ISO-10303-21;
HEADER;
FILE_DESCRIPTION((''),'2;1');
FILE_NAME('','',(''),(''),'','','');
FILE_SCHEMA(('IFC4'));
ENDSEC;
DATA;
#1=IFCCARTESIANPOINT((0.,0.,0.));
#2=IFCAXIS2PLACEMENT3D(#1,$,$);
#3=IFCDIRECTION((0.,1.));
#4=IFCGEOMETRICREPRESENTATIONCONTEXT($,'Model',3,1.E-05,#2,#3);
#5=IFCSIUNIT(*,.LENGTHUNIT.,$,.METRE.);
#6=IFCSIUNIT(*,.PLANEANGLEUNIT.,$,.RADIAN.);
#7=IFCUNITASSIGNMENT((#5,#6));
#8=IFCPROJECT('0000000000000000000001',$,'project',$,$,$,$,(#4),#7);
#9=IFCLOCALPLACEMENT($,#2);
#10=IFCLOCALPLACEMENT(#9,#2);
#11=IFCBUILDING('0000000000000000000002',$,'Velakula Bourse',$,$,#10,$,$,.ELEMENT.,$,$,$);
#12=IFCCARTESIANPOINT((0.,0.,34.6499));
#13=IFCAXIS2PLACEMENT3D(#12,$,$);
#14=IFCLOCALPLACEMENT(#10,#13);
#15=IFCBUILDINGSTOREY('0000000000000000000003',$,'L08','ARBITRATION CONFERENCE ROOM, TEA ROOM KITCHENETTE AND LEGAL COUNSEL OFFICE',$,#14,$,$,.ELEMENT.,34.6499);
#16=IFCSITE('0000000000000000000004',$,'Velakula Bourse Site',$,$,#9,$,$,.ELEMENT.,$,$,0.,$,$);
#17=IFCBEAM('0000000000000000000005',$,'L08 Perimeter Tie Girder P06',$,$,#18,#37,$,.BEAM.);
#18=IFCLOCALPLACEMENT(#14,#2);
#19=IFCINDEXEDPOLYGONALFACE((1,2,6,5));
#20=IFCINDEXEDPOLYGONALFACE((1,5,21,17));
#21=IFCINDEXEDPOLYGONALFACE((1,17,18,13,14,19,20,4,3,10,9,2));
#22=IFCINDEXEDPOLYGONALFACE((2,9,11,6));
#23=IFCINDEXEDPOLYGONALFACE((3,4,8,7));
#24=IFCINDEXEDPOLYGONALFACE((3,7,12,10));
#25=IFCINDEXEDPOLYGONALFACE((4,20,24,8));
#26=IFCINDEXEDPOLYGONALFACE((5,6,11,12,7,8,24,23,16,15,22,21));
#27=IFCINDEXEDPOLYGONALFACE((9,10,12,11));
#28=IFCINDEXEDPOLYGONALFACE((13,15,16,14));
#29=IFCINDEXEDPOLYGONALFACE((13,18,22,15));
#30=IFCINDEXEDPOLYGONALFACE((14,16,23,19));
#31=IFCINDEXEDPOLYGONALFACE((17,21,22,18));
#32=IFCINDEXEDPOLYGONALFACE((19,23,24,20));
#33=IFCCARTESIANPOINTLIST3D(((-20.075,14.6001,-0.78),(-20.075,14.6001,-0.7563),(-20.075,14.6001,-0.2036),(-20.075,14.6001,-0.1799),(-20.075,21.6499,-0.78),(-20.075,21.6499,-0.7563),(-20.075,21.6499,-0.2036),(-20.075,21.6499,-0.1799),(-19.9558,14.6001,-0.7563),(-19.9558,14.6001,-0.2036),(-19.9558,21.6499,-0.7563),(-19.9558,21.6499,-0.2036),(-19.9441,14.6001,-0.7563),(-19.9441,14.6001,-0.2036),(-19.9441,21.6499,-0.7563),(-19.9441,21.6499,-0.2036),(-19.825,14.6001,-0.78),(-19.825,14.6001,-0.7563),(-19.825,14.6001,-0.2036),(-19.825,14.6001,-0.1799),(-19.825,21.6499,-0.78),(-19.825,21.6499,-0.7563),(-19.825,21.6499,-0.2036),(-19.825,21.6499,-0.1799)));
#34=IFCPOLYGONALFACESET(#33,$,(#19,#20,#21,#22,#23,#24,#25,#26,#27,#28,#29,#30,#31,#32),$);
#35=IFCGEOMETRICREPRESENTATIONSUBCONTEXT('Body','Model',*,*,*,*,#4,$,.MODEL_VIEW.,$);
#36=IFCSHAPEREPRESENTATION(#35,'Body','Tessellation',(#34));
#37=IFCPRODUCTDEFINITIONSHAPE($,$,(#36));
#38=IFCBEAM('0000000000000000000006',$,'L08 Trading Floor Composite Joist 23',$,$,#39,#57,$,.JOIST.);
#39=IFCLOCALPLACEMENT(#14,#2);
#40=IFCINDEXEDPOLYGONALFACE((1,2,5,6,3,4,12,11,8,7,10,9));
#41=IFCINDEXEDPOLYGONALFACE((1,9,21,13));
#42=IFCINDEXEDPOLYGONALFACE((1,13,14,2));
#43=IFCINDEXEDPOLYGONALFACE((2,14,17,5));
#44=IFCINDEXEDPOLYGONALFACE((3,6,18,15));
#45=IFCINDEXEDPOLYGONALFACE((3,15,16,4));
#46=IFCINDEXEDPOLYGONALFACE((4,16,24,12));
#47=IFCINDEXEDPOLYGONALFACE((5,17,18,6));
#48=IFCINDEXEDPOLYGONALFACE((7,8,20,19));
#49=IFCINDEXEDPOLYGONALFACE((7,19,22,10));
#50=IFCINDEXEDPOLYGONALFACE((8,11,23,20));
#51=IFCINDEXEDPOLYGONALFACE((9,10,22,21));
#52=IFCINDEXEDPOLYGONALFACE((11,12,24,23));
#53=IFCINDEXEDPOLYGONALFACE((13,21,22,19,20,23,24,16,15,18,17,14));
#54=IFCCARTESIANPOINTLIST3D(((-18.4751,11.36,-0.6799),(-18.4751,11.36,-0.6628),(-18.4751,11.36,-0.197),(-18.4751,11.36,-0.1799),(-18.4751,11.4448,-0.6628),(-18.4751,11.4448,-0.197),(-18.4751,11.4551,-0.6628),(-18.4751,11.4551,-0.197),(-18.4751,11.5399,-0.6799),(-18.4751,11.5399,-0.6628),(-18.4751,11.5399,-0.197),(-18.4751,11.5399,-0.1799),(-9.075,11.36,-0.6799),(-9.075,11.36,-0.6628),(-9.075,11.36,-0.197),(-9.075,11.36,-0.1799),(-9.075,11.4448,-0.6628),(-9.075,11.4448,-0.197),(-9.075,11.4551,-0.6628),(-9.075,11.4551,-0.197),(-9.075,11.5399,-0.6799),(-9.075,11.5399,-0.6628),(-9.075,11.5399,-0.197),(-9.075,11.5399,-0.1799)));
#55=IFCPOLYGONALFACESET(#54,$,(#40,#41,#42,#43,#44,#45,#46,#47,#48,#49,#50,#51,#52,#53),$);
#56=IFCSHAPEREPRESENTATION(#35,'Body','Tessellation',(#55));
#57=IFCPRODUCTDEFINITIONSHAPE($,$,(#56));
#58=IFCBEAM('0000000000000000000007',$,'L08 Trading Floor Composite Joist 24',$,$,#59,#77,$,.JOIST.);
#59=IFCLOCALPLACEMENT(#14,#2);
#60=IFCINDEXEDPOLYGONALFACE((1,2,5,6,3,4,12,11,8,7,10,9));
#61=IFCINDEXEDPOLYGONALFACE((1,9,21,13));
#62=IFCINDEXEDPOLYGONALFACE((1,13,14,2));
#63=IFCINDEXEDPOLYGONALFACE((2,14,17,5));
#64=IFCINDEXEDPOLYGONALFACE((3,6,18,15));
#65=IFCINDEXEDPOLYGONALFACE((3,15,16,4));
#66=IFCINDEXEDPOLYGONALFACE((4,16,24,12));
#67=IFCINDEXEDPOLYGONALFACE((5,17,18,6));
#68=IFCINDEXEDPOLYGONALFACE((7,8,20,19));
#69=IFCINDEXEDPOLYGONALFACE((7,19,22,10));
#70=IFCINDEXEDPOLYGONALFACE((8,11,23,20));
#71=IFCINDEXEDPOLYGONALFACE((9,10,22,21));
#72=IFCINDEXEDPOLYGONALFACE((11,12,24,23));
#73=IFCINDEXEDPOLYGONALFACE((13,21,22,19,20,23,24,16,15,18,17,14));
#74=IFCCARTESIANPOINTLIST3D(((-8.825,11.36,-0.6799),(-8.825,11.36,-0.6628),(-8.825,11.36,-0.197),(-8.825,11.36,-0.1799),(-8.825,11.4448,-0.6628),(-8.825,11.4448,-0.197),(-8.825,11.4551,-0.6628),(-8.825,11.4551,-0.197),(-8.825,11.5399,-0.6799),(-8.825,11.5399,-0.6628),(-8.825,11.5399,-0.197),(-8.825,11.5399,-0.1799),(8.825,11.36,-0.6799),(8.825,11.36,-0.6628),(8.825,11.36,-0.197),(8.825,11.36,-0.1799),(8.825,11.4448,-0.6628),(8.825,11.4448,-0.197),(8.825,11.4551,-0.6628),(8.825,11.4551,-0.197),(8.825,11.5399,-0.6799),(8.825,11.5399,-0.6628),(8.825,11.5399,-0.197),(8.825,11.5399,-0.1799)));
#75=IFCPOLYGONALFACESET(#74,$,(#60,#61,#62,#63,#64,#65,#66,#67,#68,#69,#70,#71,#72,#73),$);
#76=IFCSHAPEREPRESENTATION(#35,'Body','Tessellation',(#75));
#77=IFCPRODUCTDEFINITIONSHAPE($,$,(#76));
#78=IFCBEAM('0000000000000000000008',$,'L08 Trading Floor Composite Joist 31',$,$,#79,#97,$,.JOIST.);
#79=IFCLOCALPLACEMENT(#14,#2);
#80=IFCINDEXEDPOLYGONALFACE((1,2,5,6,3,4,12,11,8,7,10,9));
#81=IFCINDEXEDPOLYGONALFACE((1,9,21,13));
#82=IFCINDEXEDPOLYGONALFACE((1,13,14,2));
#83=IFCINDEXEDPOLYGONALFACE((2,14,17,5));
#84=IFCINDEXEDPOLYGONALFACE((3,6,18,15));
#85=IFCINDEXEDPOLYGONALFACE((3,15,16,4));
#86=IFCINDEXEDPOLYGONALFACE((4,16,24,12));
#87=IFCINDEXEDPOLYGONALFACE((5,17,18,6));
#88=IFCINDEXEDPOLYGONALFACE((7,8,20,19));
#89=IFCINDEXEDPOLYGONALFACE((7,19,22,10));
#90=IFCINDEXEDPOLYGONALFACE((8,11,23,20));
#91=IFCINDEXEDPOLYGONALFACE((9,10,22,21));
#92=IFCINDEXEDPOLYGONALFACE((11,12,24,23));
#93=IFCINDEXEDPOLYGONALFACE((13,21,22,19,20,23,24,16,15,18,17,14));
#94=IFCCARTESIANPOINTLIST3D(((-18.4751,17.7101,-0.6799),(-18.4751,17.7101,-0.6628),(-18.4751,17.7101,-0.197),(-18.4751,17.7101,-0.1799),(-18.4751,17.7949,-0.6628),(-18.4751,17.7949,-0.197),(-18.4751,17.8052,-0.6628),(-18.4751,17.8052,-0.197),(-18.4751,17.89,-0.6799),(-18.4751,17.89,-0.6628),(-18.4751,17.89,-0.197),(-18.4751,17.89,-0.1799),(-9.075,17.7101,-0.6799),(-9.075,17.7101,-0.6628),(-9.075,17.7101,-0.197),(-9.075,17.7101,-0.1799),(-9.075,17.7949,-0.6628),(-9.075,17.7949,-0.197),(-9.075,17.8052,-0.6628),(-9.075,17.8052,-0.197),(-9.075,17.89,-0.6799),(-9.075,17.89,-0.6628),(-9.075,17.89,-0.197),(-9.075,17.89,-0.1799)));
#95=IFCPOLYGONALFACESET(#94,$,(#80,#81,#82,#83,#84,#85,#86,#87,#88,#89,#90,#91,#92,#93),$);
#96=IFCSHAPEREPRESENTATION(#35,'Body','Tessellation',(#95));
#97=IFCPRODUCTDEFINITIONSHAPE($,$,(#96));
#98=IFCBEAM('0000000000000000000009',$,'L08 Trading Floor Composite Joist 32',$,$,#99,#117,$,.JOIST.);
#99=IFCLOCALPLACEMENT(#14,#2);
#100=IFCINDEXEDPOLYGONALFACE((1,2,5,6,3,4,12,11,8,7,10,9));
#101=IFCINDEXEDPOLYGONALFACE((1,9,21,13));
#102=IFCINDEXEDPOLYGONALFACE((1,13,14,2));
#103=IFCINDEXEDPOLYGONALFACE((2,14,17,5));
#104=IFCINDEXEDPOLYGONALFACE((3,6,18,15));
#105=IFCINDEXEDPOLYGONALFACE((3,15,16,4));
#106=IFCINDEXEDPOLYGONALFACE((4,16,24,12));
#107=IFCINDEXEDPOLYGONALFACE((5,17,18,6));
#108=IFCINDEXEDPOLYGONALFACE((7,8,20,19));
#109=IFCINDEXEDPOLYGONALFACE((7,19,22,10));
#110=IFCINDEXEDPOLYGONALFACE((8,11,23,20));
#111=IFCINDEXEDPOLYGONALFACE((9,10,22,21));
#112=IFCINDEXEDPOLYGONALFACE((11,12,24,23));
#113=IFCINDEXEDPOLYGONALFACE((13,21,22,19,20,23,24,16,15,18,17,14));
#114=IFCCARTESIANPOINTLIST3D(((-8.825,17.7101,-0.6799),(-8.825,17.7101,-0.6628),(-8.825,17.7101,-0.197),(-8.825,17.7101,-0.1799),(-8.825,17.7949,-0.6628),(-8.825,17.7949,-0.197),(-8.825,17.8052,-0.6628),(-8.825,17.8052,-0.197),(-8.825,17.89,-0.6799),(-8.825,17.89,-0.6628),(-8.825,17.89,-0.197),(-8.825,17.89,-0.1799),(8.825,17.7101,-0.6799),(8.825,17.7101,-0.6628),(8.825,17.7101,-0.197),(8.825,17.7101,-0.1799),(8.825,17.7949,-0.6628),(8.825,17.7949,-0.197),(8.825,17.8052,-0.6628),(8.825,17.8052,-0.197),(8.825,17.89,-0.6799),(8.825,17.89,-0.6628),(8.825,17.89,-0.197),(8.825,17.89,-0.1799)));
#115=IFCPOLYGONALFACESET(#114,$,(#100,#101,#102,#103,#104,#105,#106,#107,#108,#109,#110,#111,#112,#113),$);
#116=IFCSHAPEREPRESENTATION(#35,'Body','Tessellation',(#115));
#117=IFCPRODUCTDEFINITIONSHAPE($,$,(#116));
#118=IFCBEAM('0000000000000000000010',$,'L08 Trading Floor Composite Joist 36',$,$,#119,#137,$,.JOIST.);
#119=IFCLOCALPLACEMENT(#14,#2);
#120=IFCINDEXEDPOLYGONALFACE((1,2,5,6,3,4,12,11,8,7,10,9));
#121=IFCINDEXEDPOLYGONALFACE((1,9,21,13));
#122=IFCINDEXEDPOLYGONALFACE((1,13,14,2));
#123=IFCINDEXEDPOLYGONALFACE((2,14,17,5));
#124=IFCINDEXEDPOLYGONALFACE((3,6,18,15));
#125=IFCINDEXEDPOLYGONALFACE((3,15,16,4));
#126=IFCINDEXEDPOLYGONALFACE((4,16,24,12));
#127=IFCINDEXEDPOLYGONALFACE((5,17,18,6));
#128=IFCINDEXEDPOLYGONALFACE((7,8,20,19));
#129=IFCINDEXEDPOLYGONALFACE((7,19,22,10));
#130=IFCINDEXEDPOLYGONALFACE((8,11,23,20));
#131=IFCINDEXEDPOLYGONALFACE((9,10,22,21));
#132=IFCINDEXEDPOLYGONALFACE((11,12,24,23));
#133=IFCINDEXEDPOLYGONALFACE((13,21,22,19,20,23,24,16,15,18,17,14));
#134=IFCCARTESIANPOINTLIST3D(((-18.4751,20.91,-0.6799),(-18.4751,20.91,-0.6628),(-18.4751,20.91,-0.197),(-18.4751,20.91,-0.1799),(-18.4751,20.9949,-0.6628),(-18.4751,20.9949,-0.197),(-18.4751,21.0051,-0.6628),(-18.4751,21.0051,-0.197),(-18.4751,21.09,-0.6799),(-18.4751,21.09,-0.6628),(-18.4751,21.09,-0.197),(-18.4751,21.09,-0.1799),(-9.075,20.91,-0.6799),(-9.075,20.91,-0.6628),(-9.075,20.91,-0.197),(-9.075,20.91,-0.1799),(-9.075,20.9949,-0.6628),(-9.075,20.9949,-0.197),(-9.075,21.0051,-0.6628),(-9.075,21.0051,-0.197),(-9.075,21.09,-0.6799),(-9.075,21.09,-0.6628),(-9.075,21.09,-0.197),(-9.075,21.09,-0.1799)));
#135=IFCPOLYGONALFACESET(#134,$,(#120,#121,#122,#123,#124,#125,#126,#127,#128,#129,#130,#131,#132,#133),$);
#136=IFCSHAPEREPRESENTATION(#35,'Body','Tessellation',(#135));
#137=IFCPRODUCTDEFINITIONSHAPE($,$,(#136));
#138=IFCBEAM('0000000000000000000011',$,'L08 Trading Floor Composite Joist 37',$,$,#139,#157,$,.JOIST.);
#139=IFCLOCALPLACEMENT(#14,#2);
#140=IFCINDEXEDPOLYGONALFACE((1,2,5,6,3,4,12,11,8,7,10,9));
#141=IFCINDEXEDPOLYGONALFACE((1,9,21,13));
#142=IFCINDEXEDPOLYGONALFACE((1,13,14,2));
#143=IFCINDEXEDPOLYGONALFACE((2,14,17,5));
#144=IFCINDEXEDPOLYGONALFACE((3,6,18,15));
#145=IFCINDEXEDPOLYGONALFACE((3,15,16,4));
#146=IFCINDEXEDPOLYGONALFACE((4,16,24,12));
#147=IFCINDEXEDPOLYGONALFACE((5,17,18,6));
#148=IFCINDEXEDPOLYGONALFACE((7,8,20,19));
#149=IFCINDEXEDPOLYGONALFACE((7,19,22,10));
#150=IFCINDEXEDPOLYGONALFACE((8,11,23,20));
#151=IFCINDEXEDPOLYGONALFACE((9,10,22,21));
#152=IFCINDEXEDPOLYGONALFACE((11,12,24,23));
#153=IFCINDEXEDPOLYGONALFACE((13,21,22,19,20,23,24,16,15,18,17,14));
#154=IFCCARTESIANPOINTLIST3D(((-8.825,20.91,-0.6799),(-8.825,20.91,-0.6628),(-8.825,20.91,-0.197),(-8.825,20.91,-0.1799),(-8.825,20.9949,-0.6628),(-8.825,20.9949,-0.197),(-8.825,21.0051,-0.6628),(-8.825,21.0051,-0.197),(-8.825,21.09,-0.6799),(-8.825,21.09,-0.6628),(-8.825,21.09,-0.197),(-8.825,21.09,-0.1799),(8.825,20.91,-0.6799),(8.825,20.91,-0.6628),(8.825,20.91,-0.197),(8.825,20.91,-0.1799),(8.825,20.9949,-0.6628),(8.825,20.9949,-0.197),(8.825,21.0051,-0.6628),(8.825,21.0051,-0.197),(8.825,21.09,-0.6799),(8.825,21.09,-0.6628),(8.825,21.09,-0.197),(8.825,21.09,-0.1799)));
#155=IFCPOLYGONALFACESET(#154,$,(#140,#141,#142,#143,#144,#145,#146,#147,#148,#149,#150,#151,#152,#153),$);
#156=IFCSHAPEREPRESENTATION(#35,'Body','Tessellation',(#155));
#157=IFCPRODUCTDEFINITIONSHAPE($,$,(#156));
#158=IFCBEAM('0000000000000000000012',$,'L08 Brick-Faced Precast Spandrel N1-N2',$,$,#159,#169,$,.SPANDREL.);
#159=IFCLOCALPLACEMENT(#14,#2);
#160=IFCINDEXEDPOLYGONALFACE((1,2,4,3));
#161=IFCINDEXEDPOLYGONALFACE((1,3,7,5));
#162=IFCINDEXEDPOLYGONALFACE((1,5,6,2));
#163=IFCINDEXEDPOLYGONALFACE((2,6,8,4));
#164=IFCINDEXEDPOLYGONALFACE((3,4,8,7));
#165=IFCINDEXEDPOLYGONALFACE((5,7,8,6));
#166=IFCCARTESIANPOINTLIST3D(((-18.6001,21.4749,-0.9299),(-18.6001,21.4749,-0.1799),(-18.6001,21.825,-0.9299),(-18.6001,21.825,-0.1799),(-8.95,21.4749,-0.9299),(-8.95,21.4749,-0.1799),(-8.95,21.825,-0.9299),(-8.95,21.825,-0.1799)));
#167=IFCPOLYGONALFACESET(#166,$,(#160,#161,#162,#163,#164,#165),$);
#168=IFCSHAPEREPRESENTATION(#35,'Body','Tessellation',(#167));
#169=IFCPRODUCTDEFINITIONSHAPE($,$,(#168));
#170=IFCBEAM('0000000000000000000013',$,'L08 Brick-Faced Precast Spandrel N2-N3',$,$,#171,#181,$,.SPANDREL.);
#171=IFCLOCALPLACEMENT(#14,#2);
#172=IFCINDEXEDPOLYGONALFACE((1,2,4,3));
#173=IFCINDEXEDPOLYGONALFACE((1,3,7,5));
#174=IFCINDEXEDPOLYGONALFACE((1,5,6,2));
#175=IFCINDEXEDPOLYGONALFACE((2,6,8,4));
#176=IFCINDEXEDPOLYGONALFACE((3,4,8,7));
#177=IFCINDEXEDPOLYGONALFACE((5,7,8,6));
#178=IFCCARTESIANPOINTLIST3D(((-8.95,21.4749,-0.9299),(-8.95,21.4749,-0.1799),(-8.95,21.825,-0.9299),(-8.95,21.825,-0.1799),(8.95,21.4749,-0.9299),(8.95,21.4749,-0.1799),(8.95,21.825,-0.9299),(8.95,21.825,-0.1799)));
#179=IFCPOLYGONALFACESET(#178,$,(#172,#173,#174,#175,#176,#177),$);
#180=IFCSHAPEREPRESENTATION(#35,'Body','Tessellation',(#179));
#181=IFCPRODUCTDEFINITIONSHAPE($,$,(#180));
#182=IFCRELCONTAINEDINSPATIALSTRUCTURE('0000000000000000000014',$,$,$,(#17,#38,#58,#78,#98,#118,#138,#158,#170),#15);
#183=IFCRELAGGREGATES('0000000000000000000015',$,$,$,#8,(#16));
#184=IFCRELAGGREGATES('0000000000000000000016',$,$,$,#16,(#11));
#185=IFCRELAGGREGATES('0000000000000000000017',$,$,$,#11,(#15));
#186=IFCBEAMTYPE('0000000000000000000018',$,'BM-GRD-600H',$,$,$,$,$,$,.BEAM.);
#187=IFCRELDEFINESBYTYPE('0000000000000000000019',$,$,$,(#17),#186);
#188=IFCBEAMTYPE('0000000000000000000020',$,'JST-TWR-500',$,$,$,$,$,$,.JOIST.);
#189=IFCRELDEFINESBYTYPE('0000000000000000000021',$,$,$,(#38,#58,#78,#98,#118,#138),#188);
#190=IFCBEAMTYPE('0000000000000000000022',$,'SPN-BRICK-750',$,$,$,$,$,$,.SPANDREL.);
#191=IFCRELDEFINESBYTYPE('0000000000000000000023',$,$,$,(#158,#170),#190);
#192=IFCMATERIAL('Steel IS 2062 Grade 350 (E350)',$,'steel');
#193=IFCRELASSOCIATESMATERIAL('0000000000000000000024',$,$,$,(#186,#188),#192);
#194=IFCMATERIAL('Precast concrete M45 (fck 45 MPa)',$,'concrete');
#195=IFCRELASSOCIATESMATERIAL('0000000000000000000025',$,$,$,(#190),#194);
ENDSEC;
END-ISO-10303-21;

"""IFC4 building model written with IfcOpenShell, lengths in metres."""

from ifc_helpers import new_model, si_unit, direction, frame, origin, origin_2d, place, context, subcontext, project, spatial, rectangle, i_section, extrude, material, material_profile, profile_set, type_object, element, save


model = new_model("IFC4")

# Units and contexts
model_context = context("Model", 3, precision=1e-05, world=origin(), true_north=direction((0.0, 1.0)))
body_context = subcontext(model_context, "Body", "Model", "MODEL_VIEW")
ifc_project = project(units=[si_unit("LENGTHUNIT", "METRE"), si_unit("PLANEANGLEUNIT", "RADIAN")], contexts=[model_context])

# Site, building, storey
site_placement = place(None, origin())
site = spatial("IfcSite", under=ifc_project, at=site_placement, Name="Velakula Bourse Site", CompositionType="ELEMENT", RefElevation=0.0)
building_placement = place(site_placement, origin())
building = spatial("IfcBuilding", under=site, at=building_placement, Name="Velakula Bourse", CompositionType="ELEMENT")
storey_placement = place(building_placement, frame((0.0, 0.0, 34.6499)))
storey = spatial("IfcBuildingStorey", under=building, at=storey_placement, Name="L08", Description="ARBITRATION CONFERENCE ROOM, TEA ROOM KITCHENETTE AND LEGAL COUNSEL OFFICE", CompositionType="ELEMENT", Elevation=34.6499)

# Shared definitions
ifc_material_1 = material(Name="Precast concrete M45 (fck 45 MPa)", Category="concrete")

# Beams
ifc_material_2 = material(Name="Steel IS 2062 Grade 350 (E350)", Category="steel")
ifc_material_profile_1 = material_profile(ifc_material_2, i_section(OverallWidth=0.25, OverallDepth=0.6001, WebThickness=0.0117, FlangeThickness=0.0237, at=origin_2d()), Name="Steel IS 2062 Grade 350 (E350)")
ifc_profile_set_1 = profile_set([ifc_material_profile_1], Name="Steel IS 2062 Grade 350 (E350)")
beam_type_1 = type_object("IfcBeamType", Name="BM-GRD-600H", PredefinedType="BEAM", material=ifc_profile_set_1)
for number, where, z_axis, x_axis, name in (
    (1, (-19.95, 14.6001, -0.48), (0.0, 1.0, 0.0), (-1.0, 0.0, 0.0), "L08 Perimeter Tie Girder P06"),
):
    element("IfcBeam", number, at=place(storey_placement, frame(where, z_axis=z_axis, x_axis=x_axis)), inside=storey, type_object=beam_type_1, Name=name, PredefinedType="BEAM", context=body_context, shape_type="SweptSolid", body=[
        extrude(i_section(OverallWidth=0.25, OverallDepth=0.6001, WebThickness=0.0117, FlangeThickness=0.0237, at=origin_2d()), origin(), (0.0, 0.0, 1.0), 7.0498),
    ])
ifc_material_profile_2 = material_profile(ifc_material_2, i_section(OverallWidth=0.1799, OverallDepth=0.5, WebThickness=0.0103, FlangeThickness=0.0171, at=origin_2d()), Name="Steel IS 2062 Grade 350 (E350)")
ifc_profile_set_2 = profile_set([ifc_material_profile_2], Name="Steel IS 2062 Grade 350 (E350)")
beam_type_2 = type_object("IfcBeamType", Name="JST-TWR-500", PredefinedType="JOIST", material=ifc_profile_set_2)
beam_1_placement = place(storey_placement, frame((-18.4751, 11.45, -0.4299), z_axis=(1.0, 0.0, 0.0), x_axis=(0.0, 1.0, 0.0)))
element("IfcBeam", 2, at=beam_1_placement, inside=storey, type_object=beam_type_2, Name="L08 Trading Floor Composite Joist 23", PredefinedType="JOIST", context=body_context, shape_type="SweptSolid", body=[
    extrude(i_section(OverallWidth=0.1799, OverallDepth=0.5, WebThickness=0.0103, FlangeThickness=0.0171, at=origin_2d()), origin(), (0.0, 0.0, 1.0), 9.4001),
])
beam_2_placement = place(storey_placement, frame((-8.825, 11.45, -0.4299), z_axis=(1.0, 0.0, 0.0), x_axis=(0.0, 1.0, 0.0)))
element("IfcBeam", 3, at=beam_2_placement, inside=storey, type_object=beam_type_2, Name="L08 Trading Floor Composite Joist 24", PredefinedType="JOIST", context=body_context, shape_type="SweptSolid", body=[
    extrude(i_section(OverallWidth=0.1799, OverallDepth=0.5, WebThickness=0.0103, FlangeThickness=0.0171, at=origin_2d()), origin(), (0.0, 0.0, 1.0), 17.6499),
])
beam_3_placement = place(storey_placement, frame((-18.4751, 17.8, -0.4299), z_axis=(1.0, 0.0, 0.0), x_axis=(0.0, 1.0, 0.0)))
element("IfcBeam", 4, at=beam_3_placement, inside=storey, type_object=beam_type_2, Name="L08 Trading Floor Composite Joist 31", PredefinedType="JOIST", context=body_context, shape_type="SweptSolid", body=[
    extrude(i_section(OverallWidth=0.1799, OverallDepth=0.5, WebThickness=0.0103, FlangeThickness=0.0171, at=origin_2d()), origin(), (0.0, 0.0, 1.0), 9.4001),
])
beam_4_placement = place(storey_placement, frame((-8.825, 17.8, -0.4299), z_axis=(1.0, 0.0, 0.0), x_axis=(0.0, 1.0, 0.0)))
element("IfcBeam", 5, at=beam_4_placement, inside=storey, type_object=beam_type_2, Name="L08 Trading Floor Composite Joist 32", PredefinedType="JOIST", context=body_context, shape_type="SweptSolid", body=[
    extrude(i_section(OverallWidth=0.1799, OverallDepth=0.5, WebThickness=0.0103, FlangeThickness=0.0171, at=origin_2d()), origin(), (0.0, 0.0, 1.0), 17.6499),
])
beam_5_placement = place(storey_placement, frame((-18.4751, 21.0, -0.4299), z_axis=(1.0, 0.0, 0.0), x_axis=(0.0, 1.0, 0.0)))
element("IfcBeam", 6, at=beam_5_placement, inside=storey, type_object=beam_type_2, Name="L08 Trading Floor Composite Joist 36", PredefinedType="JOIST", context=body_context, shape_type="SweptSolid", body=[
    extrude(i_section(OverallWidth=0.1799, OverallDepth=0.5, WebThickness=0.0103, FlangeThickness=0.0171, at=origin_2d()), origin(), (0.0, 0.0, 1.0), 9.4001),
])
beam_6_placement = place(storey_placement, frame((-8.825, 21.0, -0.4299), z_axis=(1.0, 0.0, 0.0), x_axis=(0.0, 1.0, 0.0)))
element("IfcBeam", 7, at=beam_6_placement, inside=storey, type_object=beam_type_2, Name="L08 Trading Floor Composite Joist 37", PredefinedType="JOIST", context=body_context, shape_type="SweptSolid", body=[
    extrude(i_section(OverallWidth=0.1799, OverallDepth=0.5, WebThickness=0.0103, FlangeThickness=0.0171, at=origin_2d()), origin(), (0.0, 0.0, 1.0), 17.6499),
])
ifc_material_profile_3 = material_profile(ifc_material_1, rectangle(XDim=0.3501, YDim=0.75, at=origin_2d()), Name="Precast concrete M45 (fck 45 MPa)")
ifc_profile_set_3 = profile_set([ifc_material_profile_3], Name="Precast concrete M45 (fck 45 MPa)")
beam_type_3 = type_object("IfcBeamType", Name="SPN-BRICK-750", PredefinedType="SPANDREL", material=ifc_profile_set_3)
beam_7_placement = place(storey_placement, frame((-18.6001, 21.6499, -0.5549), z_axis=(1.0, 0.0, 0.0), x_axis=(0.0, 1.0, 0.0)))
element("IfcBeam", 8, at=beam_7_placement, inside=storey, type_object=beam_type_3, Name="L08 Brick-Faced Precast Spandrel N1-N2", PredefinedType="SPANDREL", context=body_context, shape_type="SweptSolid", body=[
    extrude(rectangle(XDim=0.3501, YDim=0.75, at=origin_2d()), origin(), (0.0, 0.0, 1.0), 9.6501),
])
beam_8_placement = place(storey_placement, frame((-8.95, 21.6499, -0.5549), z_axis=(1.0, 0.0, 0.0), x_axis=(0.0, 1.0, 0.0)))
element("IfcBeam", 9, at=beam_8_placement, inside=storey, type_object=beam_type_3, Name="L08 Brick-Faced Precast Spandrel N2-N3", PredefinedType="SPANDREL", context=body_context, shape_type="SweptSolid", body=[
    extrude(rectangle(XDim=0.3501, YDim=0.75, at=origin_2d()), origin(), (0.0, 0.0, 1.0), 17.8999),
])

save(model, "model.ifc")
